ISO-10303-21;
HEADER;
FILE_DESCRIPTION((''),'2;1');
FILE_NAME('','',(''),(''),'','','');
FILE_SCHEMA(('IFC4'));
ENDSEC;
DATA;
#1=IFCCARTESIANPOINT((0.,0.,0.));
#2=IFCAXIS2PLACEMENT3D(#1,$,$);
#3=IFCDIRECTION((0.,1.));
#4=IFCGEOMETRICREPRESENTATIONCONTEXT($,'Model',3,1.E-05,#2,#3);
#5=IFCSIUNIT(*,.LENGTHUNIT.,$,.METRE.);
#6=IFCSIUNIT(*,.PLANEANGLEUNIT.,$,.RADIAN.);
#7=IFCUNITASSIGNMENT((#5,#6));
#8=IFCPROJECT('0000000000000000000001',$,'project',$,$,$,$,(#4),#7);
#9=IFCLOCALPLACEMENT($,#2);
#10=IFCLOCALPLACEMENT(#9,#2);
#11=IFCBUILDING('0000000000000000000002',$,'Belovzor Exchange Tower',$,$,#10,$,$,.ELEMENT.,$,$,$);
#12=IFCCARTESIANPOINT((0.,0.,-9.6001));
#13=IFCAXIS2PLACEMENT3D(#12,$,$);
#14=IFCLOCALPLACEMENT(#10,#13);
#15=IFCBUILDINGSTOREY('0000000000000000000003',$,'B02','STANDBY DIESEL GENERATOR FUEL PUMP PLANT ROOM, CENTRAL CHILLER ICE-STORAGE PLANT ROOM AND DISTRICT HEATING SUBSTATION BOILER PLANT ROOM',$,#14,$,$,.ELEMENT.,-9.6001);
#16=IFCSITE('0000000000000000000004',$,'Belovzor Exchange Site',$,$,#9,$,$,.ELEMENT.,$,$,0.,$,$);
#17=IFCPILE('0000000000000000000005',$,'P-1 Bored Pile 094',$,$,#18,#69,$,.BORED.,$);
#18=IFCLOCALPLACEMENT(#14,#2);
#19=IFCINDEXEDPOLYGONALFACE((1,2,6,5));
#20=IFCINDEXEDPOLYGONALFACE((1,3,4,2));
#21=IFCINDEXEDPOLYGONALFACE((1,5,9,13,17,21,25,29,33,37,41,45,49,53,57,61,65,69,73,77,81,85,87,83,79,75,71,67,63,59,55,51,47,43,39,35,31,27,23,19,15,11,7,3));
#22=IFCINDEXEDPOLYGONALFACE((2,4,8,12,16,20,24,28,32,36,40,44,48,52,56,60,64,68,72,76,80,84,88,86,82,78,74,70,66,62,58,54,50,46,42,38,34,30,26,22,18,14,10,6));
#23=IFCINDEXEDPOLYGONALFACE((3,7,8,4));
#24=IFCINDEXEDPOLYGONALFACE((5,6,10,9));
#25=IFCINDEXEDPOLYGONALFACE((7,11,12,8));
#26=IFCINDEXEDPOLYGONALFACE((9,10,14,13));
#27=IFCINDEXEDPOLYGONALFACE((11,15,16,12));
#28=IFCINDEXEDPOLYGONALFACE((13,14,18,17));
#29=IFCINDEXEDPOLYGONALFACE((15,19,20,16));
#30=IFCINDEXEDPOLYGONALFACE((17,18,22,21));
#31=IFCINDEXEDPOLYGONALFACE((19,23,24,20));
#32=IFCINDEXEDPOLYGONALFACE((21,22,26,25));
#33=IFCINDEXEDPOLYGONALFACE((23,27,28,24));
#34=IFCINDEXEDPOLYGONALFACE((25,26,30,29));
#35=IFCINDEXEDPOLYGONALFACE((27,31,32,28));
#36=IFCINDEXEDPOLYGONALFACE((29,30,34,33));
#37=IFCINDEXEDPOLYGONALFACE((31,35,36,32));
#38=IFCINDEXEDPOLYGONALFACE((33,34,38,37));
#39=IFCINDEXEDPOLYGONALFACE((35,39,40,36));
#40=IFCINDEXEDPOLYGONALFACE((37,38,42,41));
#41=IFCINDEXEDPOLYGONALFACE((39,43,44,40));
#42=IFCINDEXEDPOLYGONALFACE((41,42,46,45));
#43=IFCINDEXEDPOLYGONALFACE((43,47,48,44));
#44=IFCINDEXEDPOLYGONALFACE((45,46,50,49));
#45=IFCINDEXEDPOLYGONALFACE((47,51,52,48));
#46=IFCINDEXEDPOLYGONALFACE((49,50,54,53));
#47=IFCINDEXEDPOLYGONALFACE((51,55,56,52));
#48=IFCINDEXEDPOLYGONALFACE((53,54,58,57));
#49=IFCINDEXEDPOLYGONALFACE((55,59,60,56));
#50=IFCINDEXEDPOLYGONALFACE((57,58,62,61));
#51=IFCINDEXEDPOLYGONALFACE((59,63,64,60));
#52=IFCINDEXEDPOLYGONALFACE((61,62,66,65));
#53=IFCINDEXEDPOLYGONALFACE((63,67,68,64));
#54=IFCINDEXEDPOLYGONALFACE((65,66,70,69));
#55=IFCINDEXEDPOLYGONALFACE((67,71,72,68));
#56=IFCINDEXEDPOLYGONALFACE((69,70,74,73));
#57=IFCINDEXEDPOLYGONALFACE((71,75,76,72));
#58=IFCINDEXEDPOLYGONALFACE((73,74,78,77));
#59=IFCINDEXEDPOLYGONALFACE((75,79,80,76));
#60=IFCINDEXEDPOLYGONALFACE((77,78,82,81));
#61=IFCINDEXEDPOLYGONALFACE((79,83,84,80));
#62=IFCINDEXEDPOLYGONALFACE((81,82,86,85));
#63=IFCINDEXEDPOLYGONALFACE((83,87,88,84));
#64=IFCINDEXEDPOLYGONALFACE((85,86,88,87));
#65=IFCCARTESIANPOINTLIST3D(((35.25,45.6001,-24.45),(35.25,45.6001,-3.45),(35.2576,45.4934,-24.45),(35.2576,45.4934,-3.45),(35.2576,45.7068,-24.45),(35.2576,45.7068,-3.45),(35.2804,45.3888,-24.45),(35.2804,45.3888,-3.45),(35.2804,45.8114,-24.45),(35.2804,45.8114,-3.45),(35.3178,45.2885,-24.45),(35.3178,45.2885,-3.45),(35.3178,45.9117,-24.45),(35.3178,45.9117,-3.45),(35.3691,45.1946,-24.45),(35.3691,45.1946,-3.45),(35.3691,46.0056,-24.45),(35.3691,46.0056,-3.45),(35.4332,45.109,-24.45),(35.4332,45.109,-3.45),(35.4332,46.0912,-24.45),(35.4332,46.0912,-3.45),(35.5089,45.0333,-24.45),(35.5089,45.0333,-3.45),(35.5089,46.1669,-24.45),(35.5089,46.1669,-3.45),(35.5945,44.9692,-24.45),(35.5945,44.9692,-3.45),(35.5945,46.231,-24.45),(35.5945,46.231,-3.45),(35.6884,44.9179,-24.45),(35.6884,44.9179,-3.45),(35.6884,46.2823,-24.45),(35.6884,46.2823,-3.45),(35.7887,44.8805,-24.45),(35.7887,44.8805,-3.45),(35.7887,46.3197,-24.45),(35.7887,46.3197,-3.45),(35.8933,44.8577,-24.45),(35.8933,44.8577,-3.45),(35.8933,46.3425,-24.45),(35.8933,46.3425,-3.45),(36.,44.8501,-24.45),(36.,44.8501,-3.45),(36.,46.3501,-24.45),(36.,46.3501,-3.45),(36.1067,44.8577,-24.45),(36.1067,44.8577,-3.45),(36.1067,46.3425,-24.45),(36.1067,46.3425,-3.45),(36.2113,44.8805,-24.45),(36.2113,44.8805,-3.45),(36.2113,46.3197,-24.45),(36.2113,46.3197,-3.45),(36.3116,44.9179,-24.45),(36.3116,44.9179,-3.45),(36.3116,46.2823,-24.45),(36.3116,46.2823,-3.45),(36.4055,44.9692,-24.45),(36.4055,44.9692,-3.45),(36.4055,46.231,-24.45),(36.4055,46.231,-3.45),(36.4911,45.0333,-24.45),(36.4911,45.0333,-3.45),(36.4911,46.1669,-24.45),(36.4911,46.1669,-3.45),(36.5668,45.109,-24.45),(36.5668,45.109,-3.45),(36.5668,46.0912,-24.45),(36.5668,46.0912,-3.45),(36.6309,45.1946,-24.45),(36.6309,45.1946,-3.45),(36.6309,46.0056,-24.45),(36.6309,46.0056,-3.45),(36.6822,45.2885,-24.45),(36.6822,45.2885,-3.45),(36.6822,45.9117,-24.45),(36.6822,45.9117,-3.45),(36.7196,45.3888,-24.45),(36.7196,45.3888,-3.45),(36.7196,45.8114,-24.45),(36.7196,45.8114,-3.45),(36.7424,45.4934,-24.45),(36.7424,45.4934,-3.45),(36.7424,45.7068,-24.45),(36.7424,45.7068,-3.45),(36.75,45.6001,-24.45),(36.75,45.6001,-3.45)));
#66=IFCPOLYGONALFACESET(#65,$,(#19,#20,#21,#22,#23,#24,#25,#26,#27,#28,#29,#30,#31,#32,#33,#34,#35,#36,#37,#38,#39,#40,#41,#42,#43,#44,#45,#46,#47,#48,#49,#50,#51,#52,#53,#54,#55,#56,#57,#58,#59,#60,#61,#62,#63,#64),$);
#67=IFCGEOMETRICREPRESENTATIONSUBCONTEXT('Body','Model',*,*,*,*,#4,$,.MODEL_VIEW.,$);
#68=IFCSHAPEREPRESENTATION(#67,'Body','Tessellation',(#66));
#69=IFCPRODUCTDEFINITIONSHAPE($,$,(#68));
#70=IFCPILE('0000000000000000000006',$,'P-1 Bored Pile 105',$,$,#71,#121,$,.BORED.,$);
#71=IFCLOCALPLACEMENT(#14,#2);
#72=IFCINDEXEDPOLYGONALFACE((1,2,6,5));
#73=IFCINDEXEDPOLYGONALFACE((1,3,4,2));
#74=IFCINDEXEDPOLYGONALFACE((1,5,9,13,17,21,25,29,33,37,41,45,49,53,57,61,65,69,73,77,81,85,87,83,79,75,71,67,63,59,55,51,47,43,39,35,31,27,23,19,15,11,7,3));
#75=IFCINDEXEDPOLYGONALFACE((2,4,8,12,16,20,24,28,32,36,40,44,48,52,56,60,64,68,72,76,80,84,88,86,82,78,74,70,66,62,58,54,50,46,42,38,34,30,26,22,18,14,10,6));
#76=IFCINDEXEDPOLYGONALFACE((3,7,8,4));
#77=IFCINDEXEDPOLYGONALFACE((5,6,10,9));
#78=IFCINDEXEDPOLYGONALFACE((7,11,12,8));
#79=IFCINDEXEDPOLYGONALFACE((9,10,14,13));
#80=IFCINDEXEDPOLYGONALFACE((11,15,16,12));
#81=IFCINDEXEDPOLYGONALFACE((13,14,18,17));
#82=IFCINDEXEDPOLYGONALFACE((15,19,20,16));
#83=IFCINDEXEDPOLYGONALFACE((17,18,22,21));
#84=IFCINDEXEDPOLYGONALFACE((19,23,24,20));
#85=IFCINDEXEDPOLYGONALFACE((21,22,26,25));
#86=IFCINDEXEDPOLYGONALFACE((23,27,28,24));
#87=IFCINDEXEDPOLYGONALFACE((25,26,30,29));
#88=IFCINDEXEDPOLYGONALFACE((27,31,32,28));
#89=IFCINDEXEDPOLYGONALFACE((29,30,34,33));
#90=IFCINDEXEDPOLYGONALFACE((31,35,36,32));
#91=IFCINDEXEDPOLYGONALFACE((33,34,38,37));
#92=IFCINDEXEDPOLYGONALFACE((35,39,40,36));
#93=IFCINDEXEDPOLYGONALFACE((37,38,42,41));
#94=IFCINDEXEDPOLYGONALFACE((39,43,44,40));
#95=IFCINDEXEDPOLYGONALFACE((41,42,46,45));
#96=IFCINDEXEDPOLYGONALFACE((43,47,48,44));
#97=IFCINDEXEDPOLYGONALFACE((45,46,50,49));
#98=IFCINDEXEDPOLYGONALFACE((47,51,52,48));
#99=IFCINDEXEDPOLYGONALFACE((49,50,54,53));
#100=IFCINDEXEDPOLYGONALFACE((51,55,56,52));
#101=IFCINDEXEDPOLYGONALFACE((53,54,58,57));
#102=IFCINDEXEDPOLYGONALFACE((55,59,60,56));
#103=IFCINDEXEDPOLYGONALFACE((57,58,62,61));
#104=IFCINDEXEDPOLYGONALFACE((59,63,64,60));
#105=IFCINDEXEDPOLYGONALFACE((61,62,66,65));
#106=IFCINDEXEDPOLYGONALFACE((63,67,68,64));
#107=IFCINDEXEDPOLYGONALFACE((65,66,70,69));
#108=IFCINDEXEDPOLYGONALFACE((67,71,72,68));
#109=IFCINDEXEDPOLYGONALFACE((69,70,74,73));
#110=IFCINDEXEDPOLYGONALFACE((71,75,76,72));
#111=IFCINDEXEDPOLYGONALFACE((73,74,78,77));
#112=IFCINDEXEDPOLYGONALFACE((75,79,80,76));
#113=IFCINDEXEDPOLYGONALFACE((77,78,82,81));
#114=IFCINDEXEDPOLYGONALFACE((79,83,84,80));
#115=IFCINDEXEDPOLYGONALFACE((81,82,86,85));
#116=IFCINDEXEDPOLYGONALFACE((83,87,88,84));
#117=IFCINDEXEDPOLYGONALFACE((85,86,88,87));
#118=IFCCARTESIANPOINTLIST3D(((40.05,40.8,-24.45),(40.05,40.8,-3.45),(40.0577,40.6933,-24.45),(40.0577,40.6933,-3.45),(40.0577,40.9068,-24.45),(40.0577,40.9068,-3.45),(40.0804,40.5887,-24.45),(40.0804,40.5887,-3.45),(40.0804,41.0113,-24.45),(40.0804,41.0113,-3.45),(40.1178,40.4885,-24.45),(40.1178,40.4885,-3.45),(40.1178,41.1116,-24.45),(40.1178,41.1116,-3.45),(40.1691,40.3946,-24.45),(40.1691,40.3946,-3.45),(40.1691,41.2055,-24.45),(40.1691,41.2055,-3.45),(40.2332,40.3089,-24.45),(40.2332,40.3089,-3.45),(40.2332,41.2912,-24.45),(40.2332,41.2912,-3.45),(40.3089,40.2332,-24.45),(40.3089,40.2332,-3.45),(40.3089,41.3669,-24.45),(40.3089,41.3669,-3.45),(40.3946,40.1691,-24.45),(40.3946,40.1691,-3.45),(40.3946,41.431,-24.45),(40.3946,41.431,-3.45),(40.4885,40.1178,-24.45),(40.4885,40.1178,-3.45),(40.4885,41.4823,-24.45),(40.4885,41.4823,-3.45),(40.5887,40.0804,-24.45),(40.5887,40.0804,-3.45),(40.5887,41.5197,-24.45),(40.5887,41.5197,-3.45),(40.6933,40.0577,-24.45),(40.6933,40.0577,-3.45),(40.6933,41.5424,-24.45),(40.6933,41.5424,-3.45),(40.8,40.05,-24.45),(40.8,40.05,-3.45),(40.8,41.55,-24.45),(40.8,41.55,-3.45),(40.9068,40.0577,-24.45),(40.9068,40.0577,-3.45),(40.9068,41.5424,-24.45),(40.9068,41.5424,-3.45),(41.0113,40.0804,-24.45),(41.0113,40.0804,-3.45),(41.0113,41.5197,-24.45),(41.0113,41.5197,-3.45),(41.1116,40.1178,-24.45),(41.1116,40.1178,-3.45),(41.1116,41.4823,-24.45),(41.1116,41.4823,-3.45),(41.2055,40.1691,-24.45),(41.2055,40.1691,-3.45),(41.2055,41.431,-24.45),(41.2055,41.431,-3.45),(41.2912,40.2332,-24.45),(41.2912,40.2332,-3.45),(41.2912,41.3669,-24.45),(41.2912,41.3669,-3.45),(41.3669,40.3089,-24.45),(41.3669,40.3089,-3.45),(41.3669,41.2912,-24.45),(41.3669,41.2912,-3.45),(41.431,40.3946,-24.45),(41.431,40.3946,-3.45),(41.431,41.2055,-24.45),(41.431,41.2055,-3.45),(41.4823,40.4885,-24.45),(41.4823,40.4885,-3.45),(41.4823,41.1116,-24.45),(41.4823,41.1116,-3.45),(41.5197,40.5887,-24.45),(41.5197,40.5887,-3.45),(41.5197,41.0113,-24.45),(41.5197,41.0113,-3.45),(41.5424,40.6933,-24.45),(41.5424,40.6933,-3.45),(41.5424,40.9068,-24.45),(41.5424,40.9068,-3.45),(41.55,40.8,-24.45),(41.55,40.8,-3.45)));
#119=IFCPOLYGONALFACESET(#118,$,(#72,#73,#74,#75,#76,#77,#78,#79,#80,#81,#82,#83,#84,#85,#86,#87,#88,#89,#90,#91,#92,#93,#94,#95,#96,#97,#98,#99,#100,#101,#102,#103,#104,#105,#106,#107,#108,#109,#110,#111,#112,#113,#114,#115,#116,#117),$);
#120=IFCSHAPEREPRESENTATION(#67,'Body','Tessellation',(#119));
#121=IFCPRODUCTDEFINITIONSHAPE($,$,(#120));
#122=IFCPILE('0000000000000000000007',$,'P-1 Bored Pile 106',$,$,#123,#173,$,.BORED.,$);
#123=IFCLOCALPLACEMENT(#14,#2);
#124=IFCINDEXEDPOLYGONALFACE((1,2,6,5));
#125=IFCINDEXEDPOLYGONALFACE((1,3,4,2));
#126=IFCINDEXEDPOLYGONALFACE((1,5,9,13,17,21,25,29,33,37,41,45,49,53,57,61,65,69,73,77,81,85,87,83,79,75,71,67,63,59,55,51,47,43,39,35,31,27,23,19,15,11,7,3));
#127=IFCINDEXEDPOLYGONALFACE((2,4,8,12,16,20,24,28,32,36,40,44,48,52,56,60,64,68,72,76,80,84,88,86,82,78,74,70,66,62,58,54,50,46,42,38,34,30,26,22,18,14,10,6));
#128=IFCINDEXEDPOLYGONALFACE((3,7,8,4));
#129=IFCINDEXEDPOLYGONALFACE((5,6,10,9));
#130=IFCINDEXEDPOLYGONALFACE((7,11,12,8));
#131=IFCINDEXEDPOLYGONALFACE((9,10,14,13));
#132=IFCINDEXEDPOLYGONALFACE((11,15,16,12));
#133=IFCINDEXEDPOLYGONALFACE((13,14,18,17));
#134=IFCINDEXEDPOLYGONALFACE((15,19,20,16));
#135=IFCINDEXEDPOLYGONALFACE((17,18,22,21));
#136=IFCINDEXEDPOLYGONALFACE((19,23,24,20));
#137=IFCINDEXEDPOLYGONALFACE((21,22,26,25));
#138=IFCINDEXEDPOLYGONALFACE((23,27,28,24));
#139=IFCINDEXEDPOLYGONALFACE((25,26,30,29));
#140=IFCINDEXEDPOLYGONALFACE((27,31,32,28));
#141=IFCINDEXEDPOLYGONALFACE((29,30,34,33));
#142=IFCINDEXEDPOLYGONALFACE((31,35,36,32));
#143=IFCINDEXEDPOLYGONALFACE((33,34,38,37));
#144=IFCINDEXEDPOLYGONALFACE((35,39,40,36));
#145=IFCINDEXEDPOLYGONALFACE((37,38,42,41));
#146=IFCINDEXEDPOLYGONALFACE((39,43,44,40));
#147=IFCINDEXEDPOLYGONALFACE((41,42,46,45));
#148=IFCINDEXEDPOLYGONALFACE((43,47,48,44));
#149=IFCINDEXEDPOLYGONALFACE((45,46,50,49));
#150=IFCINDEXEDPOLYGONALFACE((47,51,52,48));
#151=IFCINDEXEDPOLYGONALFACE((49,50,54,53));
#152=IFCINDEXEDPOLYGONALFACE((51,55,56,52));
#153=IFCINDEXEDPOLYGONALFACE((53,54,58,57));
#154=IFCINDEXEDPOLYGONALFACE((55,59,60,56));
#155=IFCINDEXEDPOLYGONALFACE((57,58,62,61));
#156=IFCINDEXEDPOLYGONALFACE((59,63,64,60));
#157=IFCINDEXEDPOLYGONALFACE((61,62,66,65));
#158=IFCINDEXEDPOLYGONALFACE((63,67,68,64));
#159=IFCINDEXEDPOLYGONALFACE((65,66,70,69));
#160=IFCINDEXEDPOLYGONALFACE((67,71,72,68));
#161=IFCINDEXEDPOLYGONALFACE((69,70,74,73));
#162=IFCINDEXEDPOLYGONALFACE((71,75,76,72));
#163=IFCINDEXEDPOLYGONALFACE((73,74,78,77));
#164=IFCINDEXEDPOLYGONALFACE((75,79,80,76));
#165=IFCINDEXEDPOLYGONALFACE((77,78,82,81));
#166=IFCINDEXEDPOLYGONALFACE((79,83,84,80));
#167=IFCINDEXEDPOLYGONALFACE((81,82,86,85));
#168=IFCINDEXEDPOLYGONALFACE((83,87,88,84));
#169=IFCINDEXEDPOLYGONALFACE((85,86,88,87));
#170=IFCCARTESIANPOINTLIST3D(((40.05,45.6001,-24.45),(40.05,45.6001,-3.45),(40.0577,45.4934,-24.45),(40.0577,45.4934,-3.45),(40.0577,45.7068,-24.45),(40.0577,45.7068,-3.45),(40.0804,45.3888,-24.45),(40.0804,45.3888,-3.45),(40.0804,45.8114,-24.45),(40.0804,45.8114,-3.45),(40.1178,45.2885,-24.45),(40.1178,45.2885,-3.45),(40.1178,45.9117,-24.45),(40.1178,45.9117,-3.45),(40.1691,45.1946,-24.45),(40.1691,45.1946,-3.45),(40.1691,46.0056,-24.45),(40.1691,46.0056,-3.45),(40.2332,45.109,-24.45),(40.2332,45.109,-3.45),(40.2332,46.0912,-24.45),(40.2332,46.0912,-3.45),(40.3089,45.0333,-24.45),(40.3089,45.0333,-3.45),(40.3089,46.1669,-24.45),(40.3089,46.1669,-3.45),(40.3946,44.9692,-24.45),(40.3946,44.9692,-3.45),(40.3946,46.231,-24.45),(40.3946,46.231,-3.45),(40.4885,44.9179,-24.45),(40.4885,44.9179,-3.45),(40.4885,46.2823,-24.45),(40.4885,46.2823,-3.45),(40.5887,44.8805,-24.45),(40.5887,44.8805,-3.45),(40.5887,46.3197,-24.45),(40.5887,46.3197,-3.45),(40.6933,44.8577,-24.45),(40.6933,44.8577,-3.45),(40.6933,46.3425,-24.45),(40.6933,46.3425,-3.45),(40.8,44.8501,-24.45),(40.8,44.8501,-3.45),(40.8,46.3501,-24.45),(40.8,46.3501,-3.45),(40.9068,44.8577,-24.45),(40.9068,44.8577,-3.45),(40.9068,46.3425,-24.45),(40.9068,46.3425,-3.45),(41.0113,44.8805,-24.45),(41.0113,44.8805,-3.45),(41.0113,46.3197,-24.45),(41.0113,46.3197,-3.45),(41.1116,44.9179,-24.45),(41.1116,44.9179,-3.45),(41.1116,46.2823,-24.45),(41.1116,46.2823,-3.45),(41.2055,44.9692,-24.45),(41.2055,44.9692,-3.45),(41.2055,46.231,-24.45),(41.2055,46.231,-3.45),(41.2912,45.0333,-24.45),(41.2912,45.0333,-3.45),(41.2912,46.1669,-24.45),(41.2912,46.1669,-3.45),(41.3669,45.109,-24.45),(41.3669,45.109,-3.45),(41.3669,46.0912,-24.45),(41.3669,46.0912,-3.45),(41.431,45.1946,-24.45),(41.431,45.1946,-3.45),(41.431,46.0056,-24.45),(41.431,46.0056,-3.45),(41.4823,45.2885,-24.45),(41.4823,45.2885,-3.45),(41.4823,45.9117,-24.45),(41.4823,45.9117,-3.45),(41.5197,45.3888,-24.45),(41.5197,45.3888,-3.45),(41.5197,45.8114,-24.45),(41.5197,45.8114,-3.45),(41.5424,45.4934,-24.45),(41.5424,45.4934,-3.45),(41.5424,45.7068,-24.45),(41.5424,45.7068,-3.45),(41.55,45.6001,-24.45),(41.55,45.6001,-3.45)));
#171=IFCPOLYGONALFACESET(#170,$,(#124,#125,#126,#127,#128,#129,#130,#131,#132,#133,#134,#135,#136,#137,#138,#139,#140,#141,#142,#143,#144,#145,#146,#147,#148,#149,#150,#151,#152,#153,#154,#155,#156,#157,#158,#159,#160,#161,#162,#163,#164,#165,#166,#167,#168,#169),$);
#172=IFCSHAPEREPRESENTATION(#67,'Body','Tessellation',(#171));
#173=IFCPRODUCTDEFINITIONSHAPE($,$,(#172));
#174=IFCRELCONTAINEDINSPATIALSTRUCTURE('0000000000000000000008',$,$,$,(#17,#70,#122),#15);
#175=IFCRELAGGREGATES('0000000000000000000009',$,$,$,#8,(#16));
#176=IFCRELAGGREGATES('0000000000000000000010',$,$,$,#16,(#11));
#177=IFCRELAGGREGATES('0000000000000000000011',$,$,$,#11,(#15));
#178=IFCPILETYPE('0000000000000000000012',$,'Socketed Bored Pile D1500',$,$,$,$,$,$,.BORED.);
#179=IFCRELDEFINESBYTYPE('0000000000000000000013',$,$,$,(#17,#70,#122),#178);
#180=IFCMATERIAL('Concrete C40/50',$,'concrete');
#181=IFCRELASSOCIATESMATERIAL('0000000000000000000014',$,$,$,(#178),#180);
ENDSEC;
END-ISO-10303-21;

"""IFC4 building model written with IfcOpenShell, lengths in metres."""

from ifc_helpers import new_model, si_unit, direction, frame, origin, origin_2d, place, context, subcontext, project, spatial, circle, extrude, material, material_profile, profile_set, type_object, element, save


model = new_model("IFC4")

# Units and contexts
model_context = context("Model", 3, precision=1e-05, world=origin(), true_north=direction((0.0, 1.0)))
body_context = subcontext(model_context, "Body", "Model", "MODEL_VIEW")
ifc_project = project(units=[si_unit("LENGTHUNIT", "METRE"), si_unit("PLANEANGLEUNIT", "RADIAN")], contexts=[model_context])

# Site, building, storey
site_placement = place(None, origin())
site = spatial("IfcSite", under=ifc_project, at=site_placement, Name="Belovzor Exchange Site", CompositionType="ELEMENT", RefElevation=0.0)
building_placement = place(site_placement, origin())
building = spatial("IfcBuilding", under=site, at=building_placement, Name="Belovzor Exchange Tower", CompositionType="ELEMENT")
storey_placement = place(building_placement, frame((0.0, 0.0, -9.6001)))
storey = spatial("IfcBuildingStorey", under=building, at=storey_placement, Name="B02", Description="STANDBY DIESEL GENERATOR FUEL PUMP PLANT ROOM, CENTRAL CHILLER ICE-STORAGE PLANT ROOM AND DISTRICT HEATING SUBSTATION BOILER PLANT ROOM", CompositionType="ELEMENT", Elevation=-9.6001)

# Piles
ifc_material_1 = material(Name="Concrete C40/50", Category="concrete")
ifc_material_profile_1 = material_profile(ifc_material_1, circle(Radius=0.75, at=origin_2d()))
ifc_profile_set_1 = profile_set([ifc_material_profile_1], Name="Concrete C40/50")
pile_type_1 = type_object("IfcPileType", Name="Socketed Bored Pile D1500", PredefinedType="BORED", material=ifc_profile_set_1)
for number, where, z_axis, x_axis, name in (
    (1, (36.0, 45.6001, -3.45), (0.0, 0.0, -1.0), (1.0, 0.0, 0.0), "P-1 Bored Pile 094"),
    (2, (40.8, 40.8, -3.45), (0.0, 0.0, -1.0), (1.0, 0.0, 0.0), "P-1 Bored Pile 105"),
    (3, (40.8, 45.6001, -3.45), (0.0, 0.0, -1.0), (1.0, 0.0, 0.0), "P-1 Bored Pile 106"),
):
    element("IfcPile", number, at=place(storey_placement, frame(where, z_axis=z_axis, x_axis=x_axis)), inside=storey, type_object=pile_type_1, Name=name, PredefinedType="BORED", context=body_context, shape_type="SweptSolid", body=[
        extrude(circle(Radius=0.75, at=origin_2d()), origin(), (0.0, 0.0, 1.0), 21.0),
    ])

save(model, "model.ifc")
